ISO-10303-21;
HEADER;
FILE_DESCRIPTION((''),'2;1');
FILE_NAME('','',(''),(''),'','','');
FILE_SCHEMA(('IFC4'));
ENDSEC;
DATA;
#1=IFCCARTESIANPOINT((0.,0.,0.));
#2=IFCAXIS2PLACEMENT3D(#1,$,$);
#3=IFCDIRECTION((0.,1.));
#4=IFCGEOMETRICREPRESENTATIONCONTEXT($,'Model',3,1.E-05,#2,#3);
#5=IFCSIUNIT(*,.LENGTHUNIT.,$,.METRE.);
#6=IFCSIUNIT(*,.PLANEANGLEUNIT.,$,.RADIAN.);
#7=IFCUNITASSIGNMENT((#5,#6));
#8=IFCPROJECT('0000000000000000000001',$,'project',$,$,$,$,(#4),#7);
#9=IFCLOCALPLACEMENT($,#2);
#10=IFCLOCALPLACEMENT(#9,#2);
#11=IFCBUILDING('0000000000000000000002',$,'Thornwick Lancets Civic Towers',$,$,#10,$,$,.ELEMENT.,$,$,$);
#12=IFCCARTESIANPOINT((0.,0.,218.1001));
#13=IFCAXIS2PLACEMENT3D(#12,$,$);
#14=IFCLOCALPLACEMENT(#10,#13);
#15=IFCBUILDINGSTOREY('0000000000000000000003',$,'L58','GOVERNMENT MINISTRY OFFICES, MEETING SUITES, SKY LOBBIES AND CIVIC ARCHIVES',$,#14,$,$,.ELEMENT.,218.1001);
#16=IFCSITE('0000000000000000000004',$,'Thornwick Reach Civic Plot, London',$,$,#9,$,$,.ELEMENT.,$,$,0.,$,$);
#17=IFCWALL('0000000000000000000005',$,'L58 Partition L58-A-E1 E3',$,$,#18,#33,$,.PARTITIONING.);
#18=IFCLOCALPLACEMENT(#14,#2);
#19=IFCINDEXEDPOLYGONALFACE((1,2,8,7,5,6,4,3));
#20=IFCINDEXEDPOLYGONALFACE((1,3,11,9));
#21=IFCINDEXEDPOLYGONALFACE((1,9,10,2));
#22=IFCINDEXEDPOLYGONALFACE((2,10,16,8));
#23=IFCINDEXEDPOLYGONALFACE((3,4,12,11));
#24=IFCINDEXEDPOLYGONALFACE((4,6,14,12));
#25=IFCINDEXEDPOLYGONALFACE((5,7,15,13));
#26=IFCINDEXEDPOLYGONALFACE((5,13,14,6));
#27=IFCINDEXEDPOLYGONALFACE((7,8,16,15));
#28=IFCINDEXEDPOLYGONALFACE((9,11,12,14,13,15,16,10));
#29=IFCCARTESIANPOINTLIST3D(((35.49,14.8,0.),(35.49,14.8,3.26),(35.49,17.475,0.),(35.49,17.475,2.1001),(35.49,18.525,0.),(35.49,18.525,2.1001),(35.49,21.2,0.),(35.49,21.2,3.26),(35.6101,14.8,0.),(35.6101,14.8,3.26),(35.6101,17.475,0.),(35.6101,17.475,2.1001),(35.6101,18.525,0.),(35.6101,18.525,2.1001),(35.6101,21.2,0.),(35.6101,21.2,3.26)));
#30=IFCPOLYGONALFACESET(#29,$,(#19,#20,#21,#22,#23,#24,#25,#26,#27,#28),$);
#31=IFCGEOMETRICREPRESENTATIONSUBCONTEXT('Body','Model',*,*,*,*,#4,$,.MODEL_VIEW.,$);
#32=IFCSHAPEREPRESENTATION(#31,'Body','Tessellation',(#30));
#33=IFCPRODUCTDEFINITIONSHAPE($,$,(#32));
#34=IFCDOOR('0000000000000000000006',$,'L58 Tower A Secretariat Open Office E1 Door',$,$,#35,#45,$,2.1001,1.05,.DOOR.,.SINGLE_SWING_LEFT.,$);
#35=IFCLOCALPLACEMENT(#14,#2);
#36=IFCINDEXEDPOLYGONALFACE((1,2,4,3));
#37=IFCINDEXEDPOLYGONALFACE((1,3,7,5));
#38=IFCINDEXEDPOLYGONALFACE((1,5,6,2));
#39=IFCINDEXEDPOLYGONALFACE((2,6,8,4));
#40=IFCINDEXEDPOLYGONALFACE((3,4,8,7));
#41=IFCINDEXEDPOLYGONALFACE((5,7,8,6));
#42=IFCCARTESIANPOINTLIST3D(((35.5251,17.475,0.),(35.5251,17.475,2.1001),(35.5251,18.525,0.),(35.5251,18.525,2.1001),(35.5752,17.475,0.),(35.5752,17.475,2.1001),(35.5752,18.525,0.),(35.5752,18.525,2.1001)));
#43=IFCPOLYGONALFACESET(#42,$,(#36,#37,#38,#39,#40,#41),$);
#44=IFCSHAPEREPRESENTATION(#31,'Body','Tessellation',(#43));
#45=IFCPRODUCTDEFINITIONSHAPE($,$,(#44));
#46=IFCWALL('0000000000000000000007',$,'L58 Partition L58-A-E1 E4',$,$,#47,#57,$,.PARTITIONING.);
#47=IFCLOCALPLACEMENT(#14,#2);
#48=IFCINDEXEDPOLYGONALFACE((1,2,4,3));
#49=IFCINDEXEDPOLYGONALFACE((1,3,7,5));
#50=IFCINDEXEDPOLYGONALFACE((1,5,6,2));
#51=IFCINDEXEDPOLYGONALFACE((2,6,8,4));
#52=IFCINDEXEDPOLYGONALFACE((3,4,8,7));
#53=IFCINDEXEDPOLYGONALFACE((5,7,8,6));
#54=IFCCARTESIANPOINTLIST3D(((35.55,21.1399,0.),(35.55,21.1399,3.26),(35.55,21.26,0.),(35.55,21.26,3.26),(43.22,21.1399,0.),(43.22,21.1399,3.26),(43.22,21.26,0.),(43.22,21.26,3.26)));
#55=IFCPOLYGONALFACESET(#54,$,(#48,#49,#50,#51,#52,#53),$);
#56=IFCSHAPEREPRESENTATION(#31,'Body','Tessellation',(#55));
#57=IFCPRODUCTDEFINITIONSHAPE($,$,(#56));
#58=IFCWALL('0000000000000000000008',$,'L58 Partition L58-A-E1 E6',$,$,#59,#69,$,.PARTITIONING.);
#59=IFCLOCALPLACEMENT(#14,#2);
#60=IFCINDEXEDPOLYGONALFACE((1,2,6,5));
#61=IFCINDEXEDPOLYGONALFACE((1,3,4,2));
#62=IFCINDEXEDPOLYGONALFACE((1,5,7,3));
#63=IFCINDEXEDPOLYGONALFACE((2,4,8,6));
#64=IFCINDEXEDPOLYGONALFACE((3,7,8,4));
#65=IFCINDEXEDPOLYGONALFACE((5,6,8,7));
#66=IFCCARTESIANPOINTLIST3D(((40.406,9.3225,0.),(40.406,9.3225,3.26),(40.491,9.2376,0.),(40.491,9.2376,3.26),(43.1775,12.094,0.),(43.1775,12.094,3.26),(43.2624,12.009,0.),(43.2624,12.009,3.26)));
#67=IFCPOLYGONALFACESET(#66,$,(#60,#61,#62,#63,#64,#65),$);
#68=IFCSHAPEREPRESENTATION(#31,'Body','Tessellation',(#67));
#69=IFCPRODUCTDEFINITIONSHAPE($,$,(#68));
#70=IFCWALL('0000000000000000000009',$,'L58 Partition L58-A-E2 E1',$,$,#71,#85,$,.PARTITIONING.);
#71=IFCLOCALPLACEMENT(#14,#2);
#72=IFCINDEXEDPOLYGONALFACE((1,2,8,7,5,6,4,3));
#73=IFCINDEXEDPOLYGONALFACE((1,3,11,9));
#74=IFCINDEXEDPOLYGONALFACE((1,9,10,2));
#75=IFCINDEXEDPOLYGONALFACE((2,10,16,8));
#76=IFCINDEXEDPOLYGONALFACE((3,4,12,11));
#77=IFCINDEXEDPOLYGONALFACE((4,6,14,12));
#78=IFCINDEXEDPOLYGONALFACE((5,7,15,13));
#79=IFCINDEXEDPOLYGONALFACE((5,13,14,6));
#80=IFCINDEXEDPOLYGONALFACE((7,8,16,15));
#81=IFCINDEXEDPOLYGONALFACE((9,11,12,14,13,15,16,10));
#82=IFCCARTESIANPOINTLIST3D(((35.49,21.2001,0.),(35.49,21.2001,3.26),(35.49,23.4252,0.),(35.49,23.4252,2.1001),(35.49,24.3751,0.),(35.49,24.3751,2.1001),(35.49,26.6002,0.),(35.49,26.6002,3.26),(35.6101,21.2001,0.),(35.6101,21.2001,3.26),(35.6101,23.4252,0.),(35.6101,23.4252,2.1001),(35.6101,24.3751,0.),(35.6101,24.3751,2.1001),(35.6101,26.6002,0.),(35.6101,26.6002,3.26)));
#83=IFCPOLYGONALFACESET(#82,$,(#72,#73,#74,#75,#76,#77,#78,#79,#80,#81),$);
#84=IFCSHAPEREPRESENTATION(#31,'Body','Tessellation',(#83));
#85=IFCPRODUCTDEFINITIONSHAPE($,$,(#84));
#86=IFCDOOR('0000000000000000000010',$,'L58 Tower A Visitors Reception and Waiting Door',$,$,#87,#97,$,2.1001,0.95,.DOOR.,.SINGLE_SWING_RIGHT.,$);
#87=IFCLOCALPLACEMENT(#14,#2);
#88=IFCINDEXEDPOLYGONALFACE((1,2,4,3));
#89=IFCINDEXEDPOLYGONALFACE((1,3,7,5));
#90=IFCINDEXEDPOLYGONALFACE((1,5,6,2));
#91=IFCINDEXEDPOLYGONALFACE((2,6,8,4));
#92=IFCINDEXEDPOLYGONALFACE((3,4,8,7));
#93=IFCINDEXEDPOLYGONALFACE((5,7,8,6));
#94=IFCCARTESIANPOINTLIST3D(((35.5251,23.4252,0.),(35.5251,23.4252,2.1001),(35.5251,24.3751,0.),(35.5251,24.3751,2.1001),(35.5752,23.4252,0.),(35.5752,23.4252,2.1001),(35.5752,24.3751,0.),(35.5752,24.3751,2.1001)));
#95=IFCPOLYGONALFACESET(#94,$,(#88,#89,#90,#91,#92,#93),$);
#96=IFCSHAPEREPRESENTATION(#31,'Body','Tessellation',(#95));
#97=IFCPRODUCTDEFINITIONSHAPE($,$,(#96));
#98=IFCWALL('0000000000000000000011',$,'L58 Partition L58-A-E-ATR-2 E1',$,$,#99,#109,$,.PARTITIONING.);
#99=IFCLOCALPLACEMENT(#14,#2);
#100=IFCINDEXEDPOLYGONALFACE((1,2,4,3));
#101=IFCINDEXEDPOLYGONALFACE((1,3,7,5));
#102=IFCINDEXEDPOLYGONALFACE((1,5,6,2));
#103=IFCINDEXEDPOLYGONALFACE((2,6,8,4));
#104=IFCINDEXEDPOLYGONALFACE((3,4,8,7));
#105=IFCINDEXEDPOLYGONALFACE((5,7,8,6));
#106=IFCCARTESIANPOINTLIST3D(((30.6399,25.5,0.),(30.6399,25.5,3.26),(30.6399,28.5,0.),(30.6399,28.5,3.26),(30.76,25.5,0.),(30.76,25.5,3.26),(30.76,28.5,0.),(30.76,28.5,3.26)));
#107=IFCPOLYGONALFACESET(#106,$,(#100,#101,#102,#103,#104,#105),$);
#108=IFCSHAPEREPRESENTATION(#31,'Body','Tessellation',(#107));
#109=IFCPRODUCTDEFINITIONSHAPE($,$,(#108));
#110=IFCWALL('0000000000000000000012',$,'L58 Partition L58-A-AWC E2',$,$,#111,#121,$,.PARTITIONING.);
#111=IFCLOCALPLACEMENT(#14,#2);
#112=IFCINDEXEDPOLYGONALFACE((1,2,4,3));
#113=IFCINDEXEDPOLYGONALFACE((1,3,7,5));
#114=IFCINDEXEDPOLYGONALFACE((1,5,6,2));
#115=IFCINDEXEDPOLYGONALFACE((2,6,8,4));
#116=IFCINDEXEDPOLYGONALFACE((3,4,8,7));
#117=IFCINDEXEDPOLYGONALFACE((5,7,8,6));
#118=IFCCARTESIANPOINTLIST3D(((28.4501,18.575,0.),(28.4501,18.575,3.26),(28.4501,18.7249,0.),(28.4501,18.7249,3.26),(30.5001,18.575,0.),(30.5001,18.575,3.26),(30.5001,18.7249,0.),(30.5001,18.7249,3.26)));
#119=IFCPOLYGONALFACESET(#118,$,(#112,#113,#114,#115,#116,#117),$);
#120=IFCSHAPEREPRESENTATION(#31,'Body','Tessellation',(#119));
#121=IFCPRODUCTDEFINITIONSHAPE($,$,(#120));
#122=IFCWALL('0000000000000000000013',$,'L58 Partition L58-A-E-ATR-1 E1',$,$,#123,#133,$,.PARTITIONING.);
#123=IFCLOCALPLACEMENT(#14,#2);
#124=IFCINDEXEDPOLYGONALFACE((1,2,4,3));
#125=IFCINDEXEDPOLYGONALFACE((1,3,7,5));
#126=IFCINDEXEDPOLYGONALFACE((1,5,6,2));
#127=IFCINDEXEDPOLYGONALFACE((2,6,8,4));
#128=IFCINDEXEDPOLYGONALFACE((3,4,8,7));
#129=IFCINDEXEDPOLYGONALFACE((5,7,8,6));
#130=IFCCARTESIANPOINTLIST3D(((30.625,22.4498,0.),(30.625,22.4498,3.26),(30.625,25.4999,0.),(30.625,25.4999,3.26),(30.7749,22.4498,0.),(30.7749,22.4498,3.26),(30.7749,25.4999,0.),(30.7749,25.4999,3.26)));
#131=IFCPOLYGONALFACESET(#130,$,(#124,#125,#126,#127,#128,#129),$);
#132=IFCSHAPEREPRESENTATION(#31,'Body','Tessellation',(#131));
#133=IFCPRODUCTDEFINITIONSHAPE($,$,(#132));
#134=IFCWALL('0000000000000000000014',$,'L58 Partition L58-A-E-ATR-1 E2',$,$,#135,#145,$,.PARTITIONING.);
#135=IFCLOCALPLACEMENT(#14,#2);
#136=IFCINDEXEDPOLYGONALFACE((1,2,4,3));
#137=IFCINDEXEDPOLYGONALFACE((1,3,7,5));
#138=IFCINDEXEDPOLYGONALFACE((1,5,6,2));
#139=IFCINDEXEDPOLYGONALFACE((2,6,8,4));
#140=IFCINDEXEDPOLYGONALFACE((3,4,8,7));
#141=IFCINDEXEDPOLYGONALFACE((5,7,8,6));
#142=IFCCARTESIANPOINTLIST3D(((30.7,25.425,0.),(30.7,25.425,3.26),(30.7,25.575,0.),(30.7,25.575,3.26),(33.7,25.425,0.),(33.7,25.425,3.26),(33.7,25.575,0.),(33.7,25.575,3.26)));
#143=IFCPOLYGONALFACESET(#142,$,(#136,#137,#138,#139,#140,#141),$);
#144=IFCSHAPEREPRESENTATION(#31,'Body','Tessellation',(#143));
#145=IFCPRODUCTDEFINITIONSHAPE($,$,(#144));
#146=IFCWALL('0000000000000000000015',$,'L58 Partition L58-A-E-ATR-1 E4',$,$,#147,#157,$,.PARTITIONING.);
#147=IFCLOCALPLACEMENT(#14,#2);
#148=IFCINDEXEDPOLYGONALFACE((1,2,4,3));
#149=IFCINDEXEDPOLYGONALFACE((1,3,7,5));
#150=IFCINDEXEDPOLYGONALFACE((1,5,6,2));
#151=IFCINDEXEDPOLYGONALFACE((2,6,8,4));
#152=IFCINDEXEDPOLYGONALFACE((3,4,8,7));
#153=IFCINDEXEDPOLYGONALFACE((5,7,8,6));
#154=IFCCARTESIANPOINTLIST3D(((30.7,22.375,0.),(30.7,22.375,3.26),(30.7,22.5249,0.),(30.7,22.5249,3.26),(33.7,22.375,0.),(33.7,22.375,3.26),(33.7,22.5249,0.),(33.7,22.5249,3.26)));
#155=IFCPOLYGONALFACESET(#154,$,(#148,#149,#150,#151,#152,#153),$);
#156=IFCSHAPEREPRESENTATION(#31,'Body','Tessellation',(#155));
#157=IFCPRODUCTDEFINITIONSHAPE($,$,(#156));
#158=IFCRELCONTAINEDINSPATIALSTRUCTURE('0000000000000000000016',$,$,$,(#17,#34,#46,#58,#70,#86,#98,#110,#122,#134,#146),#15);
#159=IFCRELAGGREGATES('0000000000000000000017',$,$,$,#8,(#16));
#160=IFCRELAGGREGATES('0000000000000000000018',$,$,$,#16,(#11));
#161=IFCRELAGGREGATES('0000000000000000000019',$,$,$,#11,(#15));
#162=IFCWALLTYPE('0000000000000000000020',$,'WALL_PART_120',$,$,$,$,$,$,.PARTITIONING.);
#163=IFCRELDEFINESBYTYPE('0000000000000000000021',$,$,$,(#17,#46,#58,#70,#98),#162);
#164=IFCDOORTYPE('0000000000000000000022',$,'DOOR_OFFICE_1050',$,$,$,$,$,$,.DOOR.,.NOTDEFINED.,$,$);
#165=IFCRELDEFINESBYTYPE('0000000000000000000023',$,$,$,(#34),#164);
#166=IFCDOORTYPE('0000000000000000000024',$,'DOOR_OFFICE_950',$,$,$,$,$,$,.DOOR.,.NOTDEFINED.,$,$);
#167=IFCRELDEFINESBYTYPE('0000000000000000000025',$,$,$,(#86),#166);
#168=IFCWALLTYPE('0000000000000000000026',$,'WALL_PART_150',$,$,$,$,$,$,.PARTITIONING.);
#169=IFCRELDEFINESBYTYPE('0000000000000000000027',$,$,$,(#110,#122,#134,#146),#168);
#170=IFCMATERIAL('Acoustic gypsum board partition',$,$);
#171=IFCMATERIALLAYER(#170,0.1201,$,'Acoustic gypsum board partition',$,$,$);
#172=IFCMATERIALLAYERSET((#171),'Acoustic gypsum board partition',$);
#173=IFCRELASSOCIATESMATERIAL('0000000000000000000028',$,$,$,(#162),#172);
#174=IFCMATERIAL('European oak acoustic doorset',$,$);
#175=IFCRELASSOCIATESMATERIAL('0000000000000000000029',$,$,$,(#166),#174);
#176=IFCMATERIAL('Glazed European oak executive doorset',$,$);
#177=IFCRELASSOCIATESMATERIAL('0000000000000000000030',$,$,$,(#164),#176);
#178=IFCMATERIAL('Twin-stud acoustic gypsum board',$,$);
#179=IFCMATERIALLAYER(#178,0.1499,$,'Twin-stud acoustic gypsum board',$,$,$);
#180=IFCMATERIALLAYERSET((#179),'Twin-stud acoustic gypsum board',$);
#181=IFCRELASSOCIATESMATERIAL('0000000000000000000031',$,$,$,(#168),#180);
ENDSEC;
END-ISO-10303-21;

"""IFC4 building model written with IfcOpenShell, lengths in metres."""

from ifc_helpers import new_model, si_unit, direction, frame, frame_2d, origin, place, context, subcontext, project, spatial, rectangle, extrude, material, layer, layer_set, type_object, element, fill, save


model = new_model("IFC4")

# Units and contexts
model_context = context("Model", 3, precision=1e-05, world=origin(), true_north=direction((0.0, 1.0)))
body_context = subcontext(model_context, "Body", "Model", "MODEL_VIEW")
ifc_project = project(units=[si_unit("LENGTHUNIT", "METRE"), si_unit("PLANEANGLEUNIT", "RADIAN")], contexts=[model_context])

# Site, building, storey
site_placement = place(None, origin())
site = spatial("IfcSite", under=ifc_project, at=site_placement, Name="Thornwick Reach Civic Plot, London", CompositionType="ELEMENT", RefElevation=0.0)
building_placement = place(site_placement, origin())
building = spatial("IfcBuilding", under=site, at=building_placement, Name="Thornwick Lancets Civic Towers", CompositionType="ELEMENT")
storey_placement = place(building_placement, frame((0.0, 0.0, 218.1001)))
storey = spatial("IfcBuildingStorey", under=building, at=storey_placement, Name="L58", Description="GOVERNMENT MINISTRY OFFICES, MEETING SUITES, SKY LOBBIES AND CIVIC ARCHIVES", CompositionType="ELEMENT", Elevation=218.1001)

# Shared definitions
ifc_material_1 = material(Name="Acoustic gypsum board partition")
ifc_layer_1 = layer(ifc_material_1, 0.1201, Name="Acoustic gypsum board partition")
ifc_layer_set_1 = layer_set([ifc_layer_1], Name="Acoustic gypsum board partition")
wall_type_1 = type_object("IfcWallType", Name="WALL_PART_120", PredefinedType="PARTITIONING", material=ifc_layer_set_1)

# Shared definitions
ifc_material_2 = material(Name="European oak acoustic doorset")
door_type_1 = type_object("IfcDoorType", Name="DOOR_OFFICE_950", OperationType="NOTDEFINED", PredefinedType="DOOR", material=ifc_material_2)

# Wall, opening, door
wall_1_placement = place(storey_placement, frame((35.55, 14.8, 0.0), z_axis=(0.0, 0.0, 1.0), x_axis=(0.0, 1.0, 0.0)))
wall_1 = element("IfcWall", 1, at=wall_1_placement, inside=storey, type_object=wall_type_1, Name="L58 Partition L58-A-E1 E3", PredefinedType="PARTITIONING", context=body_context, shape_type="SweptSolid", body=[
    extrude(rectangle(XDim=6.3999, YDim=0.1201, at=frame_2d((3.2, 0.0))), origin(), (0.0, 0.0, 1.0), 3.26),
])
opening_1_placement = place(wall_1_placement, frame((2.675, 0.0, 0.0)))
opening_1 = element("IfcOpeningElement", 2, at=opening_1_placement, cuts=wall_1, PredefinedType="OPENING", context=body_context, shape_type="SweptSolid", body=[
    extrude(rectangle(XDim=1.05, YDim=2.1001, at=frame_2d((0.5249, 1.05))), frame((0.0, 0.0701, 0.0), z_axis=(0.0, -1.0, 0.0), x_axis=(1.0, 0.0, 0.0)), (0.0, 0.0, 1.0), 0.1401),
])
ifc_material_3 = material(Name="Glazed European oak executive doorset")
door_type_2 = type_object("IfcDoorType", Name="DOOR_OFFICE_1050", OperationType="NOTDEFINED", PredefinedType="DOOR", material=ifc_material_3)
door_1_placement = place(opening_1_placement, origin())
door_1 = element("IfcDoor", 3, at=door_1_placement, inside=storey, type_object=door_type_2, Name="L58 Tower A Secretariat Open Office E1 Door", OperationType="SINGLE_SWING_LEFT", OverallHeight=2.1001, OverallWidth=1.05, PredefinedType="DOOR", context=body_context, shape_type="SweptSolid", body=[
    extrude(rectangle(XDim=1.05, YDim=2.1001, at=frame_2d((0.5249, 1.05))), frame((0.0, 0.0249, 0.0), z_axis=(0.0, -1.0, 0.0), x_axis=(1.0, 0.0, 0.0)), (0.0, 0.0, 1.0), 0.05),
])
fill(opening_1, door_1)

# Walls
wall_2_placement = place(storey_placement, frame((35.55, 21.2, 0.0), z_axis=(0.0, 0.0, 1.0), x_axis=(1.0, 0.0, 0.0)))
element("IfcWall", 4, at=wall_2_placement, inside=storey, type_object=wall_type_1, Name="L58 Partition L58-A-E1 E4", PredefinedType="PARTITIONING", context=body_context, shape_type="SweptSolid", body=[
    extrude(rectangle(XDim=7.6699, YDim=0.1201, at=frame_2d((3.835, 0.0))), origin(), (0.0, 0.0, 1.0), 3.26),
])
wall_3_placement = place(storey_placement, frame((43.22, 12.0515, 0.0), z_axis=(0.0, 0.0, 1.0), x_axis=(-0.707107, -0.707107, 0.0)))
element("IfcWall", 5, at=wall_3_placement, inside=storey, type_object=wall_type_1, Name="L58 Partition L58-A-E1 E6", PredefinedType="PARTITIONING", context=body_context, shape_type="SweptSolid", body=[
    extrude(rectangle(XDim=3.9194, YDim=0.1201, at=frame_2d((1.9597, 0.0))), origin(), (0.0, 0.0, 1.0), 3.26),
])

# Wall, opening, door
wall_4_placement = place(storey_placement, frame((35.55, 21.2, 0.0), z_axis=(0.0, 0.0, 1.0), x_axis=(0.0, 1.0, 0.0)))
wall_4 = element("IfcWall", 6, at=wall_4_placement, inside=storey, type_object=wall_type_1, Name="L58 Partition L58-A-E2 E1", PredefinedType="PARTITIONING", context=body_context, shape_type="SweptSolid", body=[
    extrude(rectangle(XDim=5.4001, YDim=0.1201, at=frame_2d((2.7002, 0.0))), origin(), (0.0, 0.0, 1.0), 3.26),
])
opening_2_placement = place(wall_4_placement, frame((2.2251, 0.0, 0.0)))
opening_2 = element("IfcOpeningElement", 7, at=opening_2_placement, cuts=wall_4, PredefinedType="OPENING", context=body_context, shape_type="SweptSolid", body=[
    extrude(rectangle(XDim=0.95, YDim=2.1001, at=frame_2d((0.4751, 1.05))), frame((0.0, 0.0701, 0.0), z_axis=(0.0, -1.0, 0.0), x_axis=(1.0, 0.0, 0.0)), (0.0, 0.0, 1.0), 0.1401),
])
door_2_placement = place(opening_2_placement, origin())
door_2 = element("IfcDoor", 8, at=door_2_placement, inside=storey, type_object=door_type_1, Name="L58 Tower A Visitors Reception and Waiting Door", OperationType="SINGLE_SWING_RIGHT", OverallHeight=2.1001, OverallWidth=0.95, PredefinedType="DOOR", context=body_context, shape_type="SweptSolid", body=[
    extrude(rectangle(XDim=0.95, YDim=2.1001, at=frame_2d((0.4751, 1.05))), frame((0.0, 0.0249, 0.0), z_axis=(0.0, -1.0, 0.0), x_axis=(1.0, 0.0, 0.0)), (0.0, 0.0, 1.0), 0.05),
])
fill(opening_2, door_2)

# Walls
wall_5_placement = place(storey_placement, frame((30.7, 25.5, 0.0), z_axis=(0.0, 0.0, 1.0), x_axis=(0.0, 1.0, 0.0)))
element("IfcWall", 9, at=wall_5_placement, inside=storey, type_object=wall_type_1, Name="L58 Partition L58-A-E-ATR-2 E1", PredefinedType="PARTITIONING", context=body_context, shape_type="SweptSolid", body=[
    extrude(rectangle(XDim=3.0, YDim=0.1201, at=frame_2d((1.5, 0.0))), origin(), (0.0, 0.0, 1.0), 3.26),
])
ifc_material_4 = material(Name="Twin-stud acoustic gypsum board")
ifc_layer_2 = layer(ifc_material_4, 0.1499, Name="Twin-stud acoustic gypsum board")
ifc_layer_set_2 = layer_set([ifc_layer_2], Name="Twin-stud acoustic gypsum board")
wall_type_2 = type_object("IfcWallType", Name="WALL_PART_150", PredefinedType="PARTITIONING", material=ifc_layer_set_2)
wall_6_placement = place(storey_placement, frame((30.5, 18.6499, 0.0), z_axis=(0.0, 0.0, 1.0), x_axis=(-1.0, 0.0, 0.0)))
element("IfcWall", 10, at=wall_6_placement, inside=storey, type_object=wall_type_2, Name="L58 Partition L58-A-AWC E2", PredefinedType="PARTITIONING", context=body_context, shape_type="SweptSolid", body=[
    extrude(rectangle(XDim=2.05, YDim=0.1499, at=frame_2d((1.0249, 0.0))), origin(), (0.0, 0.0, 1.0), 3.26),
])
wall_7_placement = place(storey_placement, frame((30.7, 22.45, 0.0), z_axis=(0.0, 0.0, 1.0), x_axis=(0.0, 1.0, 0.0)))
element("IfcWall", 11, at=wall_7_placement, inside=storey, type_object=wall_type_2, Name="L58 Partition L58-A-E-ATR-1 E1", PredefinedType="PARTITIONING", context=body_context, shape_type="SweptSolid", body=[
    extrude(rectangle(XDim=3.05, YDim=0.1499, at=frame_2d((1.5249, 0.0))), origin(), (0.0, 0.0, 1.0), 3.26),
])
wall_8_placement = place(storey_placement, frame((30.7, 25.5, 0.0), z_axis=(0.0, 0.0, 1.0), x_axis=(1.0, 0.0, 0.0)))
element("IfcWall", 12, at=wall_8_placement, inside=storey, type_object=wall_type_2, Name="L58 Partition L58-A-E-ATR-1 E2", PredefinedType="PARTITIONING", context=body_context, shape_type="SweptSolid", body=[
    extrude(rectangle(XDim=3.0, YDim=0.1499, at=frame_2d((1.5, 0.0))), origin(), (0.0, 0.0, 1.0), 3.26),
])

# Wall
wall_9_placement = place(storey_placement, frame((33.7, 22.45, 0.0), z_axis=(0.0, 0.0, 1.0), x_axis=(-1.0, 0.0, 0.0)))
element("IfcWall", 13, at=wall_9_placement, inside=storey, type_object=wall_type_2, Name="L58 Partition L58-A-E-ATR-1 E4", PredefinedType="PARTITIONING", context=body_context, shape_type="SweptSolid", body=[
    extrude(rectangle(XDim=3.0, YDim=0.1499, at=frame_2d((1.5, 0.0))), origin(), (0.0, 0.0, 1.0), 3.26),
])

save(model, "model.ifc")
